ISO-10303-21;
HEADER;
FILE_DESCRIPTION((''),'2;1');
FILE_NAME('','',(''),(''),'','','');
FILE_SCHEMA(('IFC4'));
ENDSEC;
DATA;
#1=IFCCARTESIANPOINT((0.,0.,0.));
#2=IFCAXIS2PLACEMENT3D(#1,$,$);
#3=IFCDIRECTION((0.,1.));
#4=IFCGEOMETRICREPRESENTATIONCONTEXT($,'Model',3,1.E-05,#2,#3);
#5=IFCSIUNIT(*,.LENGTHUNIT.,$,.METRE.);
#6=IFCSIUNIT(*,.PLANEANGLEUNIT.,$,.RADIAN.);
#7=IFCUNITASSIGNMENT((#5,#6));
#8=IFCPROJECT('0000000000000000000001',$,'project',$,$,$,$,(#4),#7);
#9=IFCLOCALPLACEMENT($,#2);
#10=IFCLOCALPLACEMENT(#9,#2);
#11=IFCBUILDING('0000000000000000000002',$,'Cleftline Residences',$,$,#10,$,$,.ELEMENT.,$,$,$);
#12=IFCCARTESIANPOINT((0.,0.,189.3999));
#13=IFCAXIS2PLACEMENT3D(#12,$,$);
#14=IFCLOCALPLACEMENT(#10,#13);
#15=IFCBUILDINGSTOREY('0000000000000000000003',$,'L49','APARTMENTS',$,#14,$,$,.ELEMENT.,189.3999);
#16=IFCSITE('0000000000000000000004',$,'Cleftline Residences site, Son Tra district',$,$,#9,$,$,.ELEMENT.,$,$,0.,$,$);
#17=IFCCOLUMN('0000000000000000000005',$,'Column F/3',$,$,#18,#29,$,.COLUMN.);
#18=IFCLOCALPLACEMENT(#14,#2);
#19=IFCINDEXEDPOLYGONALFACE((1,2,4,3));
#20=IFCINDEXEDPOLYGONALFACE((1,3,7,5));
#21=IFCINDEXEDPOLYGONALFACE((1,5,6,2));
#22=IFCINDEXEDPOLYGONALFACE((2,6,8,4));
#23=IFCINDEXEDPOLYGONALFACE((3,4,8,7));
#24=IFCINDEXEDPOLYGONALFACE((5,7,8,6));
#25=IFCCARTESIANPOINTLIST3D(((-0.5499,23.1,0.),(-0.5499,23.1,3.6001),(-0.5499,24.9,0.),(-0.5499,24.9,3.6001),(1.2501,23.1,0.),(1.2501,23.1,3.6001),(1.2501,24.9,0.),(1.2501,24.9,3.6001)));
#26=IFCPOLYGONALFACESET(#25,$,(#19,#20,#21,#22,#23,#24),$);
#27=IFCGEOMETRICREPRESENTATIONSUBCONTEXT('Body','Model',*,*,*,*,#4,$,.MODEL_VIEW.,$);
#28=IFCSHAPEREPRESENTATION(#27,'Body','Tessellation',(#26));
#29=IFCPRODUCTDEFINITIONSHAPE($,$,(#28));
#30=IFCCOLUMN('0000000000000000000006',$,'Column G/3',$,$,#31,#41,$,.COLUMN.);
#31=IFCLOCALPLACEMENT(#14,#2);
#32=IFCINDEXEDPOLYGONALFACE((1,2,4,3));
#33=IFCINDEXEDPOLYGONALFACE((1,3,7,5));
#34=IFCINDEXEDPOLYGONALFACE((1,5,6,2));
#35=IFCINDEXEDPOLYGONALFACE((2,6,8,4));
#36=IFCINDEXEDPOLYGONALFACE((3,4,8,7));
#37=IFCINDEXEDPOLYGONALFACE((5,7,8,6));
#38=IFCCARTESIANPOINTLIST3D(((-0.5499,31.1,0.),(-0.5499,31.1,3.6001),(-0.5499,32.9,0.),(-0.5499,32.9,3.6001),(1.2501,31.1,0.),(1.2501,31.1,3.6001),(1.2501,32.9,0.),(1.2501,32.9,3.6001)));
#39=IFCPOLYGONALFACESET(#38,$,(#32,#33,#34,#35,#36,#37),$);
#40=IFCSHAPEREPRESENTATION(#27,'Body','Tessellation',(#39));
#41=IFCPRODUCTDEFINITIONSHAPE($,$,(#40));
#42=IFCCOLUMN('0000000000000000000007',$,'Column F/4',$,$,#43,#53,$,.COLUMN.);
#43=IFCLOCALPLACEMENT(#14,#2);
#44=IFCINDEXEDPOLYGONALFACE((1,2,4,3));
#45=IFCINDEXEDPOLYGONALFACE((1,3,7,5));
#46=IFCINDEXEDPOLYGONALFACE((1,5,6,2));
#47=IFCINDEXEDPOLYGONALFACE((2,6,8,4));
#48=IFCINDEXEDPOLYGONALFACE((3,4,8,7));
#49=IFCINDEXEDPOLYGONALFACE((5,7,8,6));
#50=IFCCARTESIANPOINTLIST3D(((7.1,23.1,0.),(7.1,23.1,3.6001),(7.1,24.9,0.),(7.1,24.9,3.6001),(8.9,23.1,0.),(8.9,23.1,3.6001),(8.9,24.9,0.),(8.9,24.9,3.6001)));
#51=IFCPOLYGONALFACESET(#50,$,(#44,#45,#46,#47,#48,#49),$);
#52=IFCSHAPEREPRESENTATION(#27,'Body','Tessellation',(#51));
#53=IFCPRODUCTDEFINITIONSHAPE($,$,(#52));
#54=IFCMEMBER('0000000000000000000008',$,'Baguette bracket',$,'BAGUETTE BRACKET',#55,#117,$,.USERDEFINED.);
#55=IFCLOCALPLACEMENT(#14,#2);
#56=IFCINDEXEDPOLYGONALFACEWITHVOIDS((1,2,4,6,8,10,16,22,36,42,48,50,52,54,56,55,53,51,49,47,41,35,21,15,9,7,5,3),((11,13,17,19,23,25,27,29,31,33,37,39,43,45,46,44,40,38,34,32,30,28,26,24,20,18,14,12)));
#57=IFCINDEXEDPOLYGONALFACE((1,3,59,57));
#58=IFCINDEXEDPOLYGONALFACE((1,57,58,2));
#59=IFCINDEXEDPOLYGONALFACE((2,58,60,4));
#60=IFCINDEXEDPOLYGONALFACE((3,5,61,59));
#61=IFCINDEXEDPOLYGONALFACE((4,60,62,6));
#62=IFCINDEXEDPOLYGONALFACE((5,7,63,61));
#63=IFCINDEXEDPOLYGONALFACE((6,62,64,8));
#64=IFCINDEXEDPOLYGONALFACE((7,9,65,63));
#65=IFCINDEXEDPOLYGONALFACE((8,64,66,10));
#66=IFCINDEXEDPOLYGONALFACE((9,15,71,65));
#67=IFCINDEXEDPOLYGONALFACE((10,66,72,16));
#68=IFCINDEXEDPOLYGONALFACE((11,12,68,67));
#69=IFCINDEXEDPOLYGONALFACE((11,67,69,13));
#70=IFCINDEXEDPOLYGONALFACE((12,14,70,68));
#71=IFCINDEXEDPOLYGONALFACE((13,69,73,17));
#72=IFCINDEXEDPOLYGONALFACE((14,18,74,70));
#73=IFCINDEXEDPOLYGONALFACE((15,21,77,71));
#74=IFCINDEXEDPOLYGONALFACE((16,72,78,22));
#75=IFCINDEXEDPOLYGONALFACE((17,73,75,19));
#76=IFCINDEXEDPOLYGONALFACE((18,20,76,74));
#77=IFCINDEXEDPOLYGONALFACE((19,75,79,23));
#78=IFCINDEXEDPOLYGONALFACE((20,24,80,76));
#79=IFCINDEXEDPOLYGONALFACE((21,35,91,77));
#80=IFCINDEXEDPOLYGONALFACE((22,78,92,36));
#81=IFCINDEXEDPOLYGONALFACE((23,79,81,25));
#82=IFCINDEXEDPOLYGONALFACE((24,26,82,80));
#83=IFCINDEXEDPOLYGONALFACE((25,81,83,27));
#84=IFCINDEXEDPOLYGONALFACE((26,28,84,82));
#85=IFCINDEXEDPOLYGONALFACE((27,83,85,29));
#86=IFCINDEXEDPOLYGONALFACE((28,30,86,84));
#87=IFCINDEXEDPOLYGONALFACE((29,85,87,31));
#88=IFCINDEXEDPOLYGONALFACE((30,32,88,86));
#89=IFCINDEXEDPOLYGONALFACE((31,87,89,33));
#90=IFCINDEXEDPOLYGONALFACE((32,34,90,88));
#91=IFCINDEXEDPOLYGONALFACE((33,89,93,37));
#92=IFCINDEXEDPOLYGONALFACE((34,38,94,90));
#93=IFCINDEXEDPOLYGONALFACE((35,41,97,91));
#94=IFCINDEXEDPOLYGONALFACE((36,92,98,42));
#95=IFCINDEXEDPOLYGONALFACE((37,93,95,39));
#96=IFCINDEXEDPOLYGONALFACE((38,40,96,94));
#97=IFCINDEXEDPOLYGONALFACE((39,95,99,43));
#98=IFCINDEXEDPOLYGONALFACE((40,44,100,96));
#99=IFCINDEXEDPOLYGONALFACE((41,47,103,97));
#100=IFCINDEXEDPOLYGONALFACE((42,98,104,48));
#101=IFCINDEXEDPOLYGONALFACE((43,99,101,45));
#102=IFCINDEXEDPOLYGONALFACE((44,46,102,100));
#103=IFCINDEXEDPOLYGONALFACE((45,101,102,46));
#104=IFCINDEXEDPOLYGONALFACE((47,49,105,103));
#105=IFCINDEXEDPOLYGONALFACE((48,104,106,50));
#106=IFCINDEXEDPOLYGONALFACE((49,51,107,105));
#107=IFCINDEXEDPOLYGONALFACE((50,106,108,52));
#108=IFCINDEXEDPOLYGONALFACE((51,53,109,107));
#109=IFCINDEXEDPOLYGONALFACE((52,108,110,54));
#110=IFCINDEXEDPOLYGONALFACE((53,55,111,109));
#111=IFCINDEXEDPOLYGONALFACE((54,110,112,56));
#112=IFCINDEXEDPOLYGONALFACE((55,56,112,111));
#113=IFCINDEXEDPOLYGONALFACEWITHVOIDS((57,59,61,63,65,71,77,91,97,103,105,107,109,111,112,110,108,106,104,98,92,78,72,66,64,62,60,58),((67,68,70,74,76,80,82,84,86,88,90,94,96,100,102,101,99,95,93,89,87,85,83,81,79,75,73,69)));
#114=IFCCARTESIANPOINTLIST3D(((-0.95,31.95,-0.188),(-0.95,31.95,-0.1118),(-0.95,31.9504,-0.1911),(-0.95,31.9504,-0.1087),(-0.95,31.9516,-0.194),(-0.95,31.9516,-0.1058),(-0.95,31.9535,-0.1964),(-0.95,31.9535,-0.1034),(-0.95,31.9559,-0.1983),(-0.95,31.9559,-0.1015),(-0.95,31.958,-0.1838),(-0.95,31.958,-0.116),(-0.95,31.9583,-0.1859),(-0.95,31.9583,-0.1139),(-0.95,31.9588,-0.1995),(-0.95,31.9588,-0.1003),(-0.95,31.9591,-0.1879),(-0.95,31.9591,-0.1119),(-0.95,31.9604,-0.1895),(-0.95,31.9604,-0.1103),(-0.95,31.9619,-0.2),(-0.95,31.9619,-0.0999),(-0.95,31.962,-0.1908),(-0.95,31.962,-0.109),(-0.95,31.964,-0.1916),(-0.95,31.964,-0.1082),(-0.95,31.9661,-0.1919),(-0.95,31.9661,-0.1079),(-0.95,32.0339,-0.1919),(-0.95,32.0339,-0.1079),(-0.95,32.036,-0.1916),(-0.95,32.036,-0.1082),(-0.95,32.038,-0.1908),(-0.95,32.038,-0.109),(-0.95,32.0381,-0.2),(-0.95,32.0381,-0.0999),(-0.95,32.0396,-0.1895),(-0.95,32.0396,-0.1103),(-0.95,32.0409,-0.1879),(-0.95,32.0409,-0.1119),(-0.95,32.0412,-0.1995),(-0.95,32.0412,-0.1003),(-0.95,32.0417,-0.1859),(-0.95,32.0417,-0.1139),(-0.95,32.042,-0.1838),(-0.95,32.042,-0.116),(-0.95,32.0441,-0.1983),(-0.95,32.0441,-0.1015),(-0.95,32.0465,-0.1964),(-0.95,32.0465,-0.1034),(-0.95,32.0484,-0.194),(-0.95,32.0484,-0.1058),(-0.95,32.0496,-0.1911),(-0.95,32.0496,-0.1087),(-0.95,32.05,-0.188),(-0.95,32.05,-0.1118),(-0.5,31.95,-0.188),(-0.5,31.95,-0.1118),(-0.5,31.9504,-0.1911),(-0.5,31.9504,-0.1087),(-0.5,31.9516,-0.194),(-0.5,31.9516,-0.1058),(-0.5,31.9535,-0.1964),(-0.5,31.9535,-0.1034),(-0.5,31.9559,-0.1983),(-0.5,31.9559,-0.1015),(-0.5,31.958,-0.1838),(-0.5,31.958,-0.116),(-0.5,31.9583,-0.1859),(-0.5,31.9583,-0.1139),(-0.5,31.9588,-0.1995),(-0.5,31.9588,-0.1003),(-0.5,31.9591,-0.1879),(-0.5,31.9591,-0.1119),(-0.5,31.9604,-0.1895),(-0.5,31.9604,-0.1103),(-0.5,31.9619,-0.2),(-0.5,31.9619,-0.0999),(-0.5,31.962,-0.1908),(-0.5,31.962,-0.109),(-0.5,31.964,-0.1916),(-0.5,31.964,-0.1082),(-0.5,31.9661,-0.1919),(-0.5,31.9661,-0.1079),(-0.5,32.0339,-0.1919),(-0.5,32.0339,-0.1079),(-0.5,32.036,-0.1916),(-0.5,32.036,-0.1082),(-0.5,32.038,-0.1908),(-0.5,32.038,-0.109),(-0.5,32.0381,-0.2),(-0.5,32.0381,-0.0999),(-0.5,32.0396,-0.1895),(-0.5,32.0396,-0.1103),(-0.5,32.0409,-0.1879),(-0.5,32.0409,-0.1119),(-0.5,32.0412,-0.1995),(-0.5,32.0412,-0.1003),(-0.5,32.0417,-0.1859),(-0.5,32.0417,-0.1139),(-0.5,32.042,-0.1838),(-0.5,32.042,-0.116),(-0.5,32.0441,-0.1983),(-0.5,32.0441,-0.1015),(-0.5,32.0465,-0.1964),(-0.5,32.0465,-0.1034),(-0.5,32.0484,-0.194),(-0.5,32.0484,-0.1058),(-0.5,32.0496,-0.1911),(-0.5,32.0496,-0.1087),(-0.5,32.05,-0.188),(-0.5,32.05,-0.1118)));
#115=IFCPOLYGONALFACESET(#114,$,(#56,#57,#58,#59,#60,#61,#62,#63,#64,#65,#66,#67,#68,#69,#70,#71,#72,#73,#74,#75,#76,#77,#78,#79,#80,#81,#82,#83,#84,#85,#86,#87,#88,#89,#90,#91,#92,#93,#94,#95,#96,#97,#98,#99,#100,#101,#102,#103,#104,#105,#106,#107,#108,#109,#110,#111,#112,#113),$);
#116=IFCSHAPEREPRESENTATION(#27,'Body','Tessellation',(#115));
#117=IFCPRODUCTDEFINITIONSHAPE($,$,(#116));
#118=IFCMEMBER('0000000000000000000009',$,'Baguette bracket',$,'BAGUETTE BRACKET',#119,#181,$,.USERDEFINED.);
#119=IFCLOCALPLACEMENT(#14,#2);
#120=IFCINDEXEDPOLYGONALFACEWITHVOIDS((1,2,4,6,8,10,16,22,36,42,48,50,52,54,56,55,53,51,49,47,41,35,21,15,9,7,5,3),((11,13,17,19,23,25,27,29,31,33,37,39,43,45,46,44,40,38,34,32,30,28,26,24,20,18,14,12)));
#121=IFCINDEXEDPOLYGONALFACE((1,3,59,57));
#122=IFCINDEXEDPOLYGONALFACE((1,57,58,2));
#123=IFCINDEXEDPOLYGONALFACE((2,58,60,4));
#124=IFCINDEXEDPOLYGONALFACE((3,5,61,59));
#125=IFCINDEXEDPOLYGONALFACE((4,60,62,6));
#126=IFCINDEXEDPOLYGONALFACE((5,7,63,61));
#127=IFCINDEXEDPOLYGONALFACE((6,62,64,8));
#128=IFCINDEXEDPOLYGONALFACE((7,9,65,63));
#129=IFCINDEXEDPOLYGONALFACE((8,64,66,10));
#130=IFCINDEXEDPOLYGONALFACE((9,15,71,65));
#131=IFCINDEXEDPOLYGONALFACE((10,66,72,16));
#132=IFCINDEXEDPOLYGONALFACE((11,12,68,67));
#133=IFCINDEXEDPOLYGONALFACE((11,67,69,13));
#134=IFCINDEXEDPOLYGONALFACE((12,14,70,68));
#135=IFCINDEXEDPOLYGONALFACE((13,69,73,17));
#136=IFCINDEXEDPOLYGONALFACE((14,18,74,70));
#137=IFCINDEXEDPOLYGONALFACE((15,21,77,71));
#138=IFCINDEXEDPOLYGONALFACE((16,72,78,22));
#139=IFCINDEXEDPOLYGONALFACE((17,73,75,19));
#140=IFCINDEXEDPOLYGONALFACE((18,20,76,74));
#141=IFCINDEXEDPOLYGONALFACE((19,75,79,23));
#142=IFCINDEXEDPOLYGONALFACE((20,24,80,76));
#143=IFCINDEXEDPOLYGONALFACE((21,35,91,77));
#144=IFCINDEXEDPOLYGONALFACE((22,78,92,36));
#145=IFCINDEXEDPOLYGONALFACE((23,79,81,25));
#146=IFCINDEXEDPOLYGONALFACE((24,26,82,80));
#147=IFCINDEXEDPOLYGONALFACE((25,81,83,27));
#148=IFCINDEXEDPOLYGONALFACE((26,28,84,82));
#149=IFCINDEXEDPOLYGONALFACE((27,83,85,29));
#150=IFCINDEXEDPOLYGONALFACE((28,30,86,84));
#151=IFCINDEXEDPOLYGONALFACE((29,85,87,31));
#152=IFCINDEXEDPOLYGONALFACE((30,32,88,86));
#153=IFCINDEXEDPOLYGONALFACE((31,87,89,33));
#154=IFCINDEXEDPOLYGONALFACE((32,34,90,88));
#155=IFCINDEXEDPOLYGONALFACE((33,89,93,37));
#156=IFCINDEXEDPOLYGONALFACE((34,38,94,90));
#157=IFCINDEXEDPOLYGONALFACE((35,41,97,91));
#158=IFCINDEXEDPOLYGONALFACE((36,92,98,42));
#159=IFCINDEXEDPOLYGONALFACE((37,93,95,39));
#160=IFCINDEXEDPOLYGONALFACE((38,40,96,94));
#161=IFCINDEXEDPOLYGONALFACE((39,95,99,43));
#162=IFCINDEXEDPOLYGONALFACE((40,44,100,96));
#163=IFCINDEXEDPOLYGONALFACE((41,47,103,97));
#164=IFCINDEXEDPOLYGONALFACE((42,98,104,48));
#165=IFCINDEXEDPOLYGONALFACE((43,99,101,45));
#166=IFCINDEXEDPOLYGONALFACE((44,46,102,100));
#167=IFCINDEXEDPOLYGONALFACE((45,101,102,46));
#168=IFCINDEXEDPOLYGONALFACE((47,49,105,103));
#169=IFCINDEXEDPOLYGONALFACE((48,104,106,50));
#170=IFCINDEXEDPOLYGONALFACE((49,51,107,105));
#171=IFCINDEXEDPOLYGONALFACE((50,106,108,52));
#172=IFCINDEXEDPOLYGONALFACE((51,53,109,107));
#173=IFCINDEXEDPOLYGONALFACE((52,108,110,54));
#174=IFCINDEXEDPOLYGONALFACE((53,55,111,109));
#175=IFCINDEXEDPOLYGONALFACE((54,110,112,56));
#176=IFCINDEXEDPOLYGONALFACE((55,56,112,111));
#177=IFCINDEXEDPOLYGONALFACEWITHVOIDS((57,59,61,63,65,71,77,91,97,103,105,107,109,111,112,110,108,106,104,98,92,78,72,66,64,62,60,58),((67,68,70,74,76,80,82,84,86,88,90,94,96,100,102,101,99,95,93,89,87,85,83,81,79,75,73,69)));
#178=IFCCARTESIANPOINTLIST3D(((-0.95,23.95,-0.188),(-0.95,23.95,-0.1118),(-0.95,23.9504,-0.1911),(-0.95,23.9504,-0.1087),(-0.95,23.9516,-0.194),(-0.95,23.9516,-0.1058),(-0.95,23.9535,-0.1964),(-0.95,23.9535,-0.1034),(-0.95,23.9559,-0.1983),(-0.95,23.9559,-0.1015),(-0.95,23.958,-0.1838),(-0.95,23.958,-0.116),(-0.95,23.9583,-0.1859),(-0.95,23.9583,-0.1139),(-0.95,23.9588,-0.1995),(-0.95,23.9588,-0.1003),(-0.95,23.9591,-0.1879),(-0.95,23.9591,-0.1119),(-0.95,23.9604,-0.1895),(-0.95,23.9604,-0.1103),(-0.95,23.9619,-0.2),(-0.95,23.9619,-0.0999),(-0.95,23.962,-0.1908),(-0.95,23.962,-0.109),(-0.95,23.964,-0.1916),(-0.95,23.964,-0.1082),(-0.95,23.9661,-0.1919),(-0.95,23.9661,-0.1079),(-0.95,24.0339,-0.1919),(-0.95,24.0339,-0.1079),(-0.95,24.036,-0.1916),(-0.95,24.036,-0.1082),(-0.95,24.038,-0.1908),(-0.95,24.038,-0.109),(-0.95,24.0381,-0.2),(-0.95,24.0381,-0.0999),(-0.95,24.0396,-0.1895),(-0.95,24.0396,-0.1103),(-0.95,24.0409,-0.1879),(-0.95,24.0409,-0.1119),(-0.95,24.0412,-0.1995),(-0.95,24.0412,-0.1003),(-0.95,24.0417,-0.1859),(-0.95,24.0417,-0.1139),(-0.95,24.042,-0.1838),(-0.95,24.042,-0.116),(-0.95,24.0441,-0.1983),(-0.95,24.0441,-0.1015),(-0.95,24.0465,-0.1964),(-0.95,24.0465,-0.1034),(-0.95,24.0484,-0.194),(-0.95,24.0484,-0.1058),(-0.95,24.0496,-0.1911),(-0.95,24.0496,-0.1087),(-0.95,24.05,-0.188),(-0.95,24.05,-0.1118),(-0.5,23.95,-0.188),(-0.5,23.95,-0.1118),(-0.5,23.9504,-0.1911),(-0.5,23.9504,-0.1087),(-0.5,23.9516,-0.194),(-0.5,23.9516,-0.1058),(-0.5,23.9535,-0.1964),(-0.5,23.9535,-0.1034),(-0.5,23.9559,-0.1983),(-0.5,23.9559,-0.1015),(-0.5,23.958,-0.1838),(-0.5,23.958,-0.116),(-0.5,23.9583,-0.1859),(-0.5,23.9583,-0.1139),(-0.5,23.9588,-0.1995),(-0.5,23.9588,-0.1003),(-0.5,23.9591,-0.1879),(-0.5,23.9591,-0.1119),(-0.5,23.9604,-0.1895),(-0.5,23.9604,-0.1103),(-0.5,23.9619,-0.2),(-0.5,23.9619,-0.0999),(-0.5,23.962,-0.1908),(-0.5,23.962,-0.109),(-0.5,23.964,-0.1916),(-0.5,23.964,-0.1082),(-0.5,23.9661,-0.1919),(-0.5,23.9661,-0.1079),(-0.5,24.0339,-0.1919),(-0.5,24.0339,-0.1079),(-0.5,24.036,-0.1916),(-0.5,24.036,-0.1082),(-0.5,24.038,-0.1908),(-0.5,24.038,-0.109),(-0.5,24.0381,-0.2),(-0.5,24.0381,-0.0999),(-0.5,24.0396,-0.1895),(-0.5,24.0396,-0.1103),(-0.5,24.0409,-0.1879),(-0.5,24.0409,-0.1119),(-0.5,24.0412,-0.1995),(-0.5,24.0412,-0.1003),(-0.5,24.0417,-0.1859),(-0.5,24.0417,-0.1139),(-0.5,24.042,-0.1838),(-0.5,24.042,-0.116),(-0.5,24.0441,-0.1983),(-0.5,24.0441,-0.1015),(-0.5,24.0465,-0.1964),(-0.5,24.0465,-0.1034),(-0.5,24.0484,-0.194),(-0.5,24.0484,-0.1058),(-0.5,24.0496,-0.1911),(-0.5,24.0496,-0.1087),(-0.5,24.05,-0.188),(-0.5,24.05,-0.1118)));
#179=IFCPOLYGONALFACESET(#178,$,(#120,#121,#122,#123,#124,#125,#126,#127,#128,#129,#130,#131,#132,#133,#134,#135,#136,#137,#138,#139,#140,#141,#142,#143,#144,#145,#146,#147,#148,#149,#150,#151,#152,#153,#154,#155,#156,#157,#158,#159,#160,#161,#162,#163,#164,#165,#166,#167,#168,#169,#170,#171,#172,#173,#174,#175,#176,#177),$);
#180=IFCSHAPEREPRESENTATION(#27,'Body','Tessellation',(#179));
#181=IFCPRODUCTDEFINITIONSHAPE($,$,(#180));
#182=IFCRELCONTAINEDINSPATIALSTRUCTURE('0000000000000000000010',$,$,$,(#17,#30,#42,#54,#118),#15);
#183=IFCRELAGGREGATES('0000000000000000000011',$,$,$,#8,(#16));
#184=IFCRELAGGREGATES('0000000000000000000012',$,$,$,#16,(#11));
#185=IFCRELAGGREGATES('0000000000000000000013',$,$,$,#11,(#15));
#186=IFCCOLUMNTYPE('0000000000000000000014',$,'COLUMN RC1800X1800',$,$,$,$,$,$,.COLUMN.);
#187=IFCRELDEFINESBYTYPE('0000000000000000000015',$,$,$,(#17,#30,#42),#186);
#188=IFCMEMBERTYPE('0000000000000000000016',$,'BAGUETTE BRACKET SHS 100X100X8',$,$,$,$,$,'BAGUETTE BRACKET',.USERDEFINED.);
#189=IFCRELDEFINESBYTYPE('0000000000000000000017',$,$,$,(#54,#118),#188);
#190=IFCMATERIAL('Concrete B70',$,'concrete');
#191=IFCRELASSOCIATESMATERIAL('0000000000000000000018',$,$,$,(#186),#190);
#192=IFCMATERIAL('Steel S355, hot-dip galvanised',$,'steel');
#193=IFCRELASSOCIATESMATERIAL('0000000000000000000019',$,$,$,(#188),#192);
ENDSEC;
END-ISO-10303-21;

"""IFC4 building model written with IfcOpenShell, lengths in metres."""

from ifc_helpers import new_model, si_unit, direction, frame, origin, origin_2d, place, context, subcontext, project, spatial, rectangle, hollow_rectangle, extrude, material, material_profile, profile_set, type_object, element, save


model = new_model("IFC4")

# Units and contexts
model_context = context("Model", 3, precision=1e-05, world=origin(), true_north=direction((0.0, 1.0)))
body_context = subcontext(model_context, "Body", "Model", "MODEL_VIEW")
ifc_project = project(units=[si_unit("LENGTHUNIT", "METRE"), si_unit("PLANEANGLEUNIT", "RADIAN")], contexts=[model_context])

# Site, building, storey
site_placement = place(None, origin())
site = spatial("IfcSite", under=ifc_project, at=site_placement, Name="Cleftline Residences site, Son Tra district", CompositionType="ELEMENT", RefElevation=0.0)
building_placement = place(site_placement, origin())
building = spatial("IfcBuilding", under=site, at=building_placement, Name="Cleftline Residences", CompositionType="ELEMENT")
storey_placement = place(building_placement, frame((0.0, 0.0, 189.3999)))
storey = spatial("IfcBuildingStorey", under=building, at=storey_placement, Name="L49", Description="APARTMENTS", CompositionType="ELEMENT", Elevation=189.3999)

# Columns
ifc_material_1 = material(Name="Concrete B70", Category="concrete")
ifc_material_profile_1 = material_profile(ifc_material_1, rectangle(XDim=1.8, YDim=1.8, at=origin_2d()))
ifc_profile_set_1 = profile_set([ifc_material_profile_1], Name="Concrete B70")
column_type = type_object("IfcColumnType", Name="COLUMN RC1800X1800", PredefinedType="COLUMN", material=ifc_profile_set_1)
for number, where, z_axis, x_axis, name in (
    (1, (0.3501, 24.0, 0.0), (0.0, 0.0, 1.0), (1.0, 0.0, 0.0), "Column F/3"),
    (2, (0.3501, 32.0, 0.0), (0.0, 0.0, 1.0), (1.0, 0.0, 0.0), "Column G/3"),
    (3, (8.0, 24.0, 0.0), (0.0, 0.0, 1.0), (1.0, 0.0, 0.0), "Column F/4"),
):
    element("IfcColumn", number, at=place(storey_placement, frame(where, z_axis=z_axis, x_axis=x_axis)), inside=storey, type_object=column_type, Name=name, PredefinedType="COLUMN", context=body_context, shape_type="SweptSolid", body=[
        extrude(rectangle(XDim=1.8, YDim=1.8, at=origin_2d()), origin(), (0.0, 0.0, 1.0), 3.6001),
    ])

# Members
ifc_material_2 = material(Name="Steel S355, hot-dip galvanised", Category="steel")
ifc_material_profile_2 = material_profile(ifc_material_2, hollow_rectangle(XDim=0.1001, YDim=0.1001, WallThickness=0.0081, InnerFilletRadius=0.0081, OuterFilletRadius=0.012, at=origin_2d()))
ifc_profile_set_2 = profile_set([ifc_material_profile_2], Name="Steel S355, hot-dip galvanised")
member_type_1 = type_object("IfcMemberType", Name="BAGUETTE BRACKET SHS 100X100X8", ElementType="BAGUETTE BRACKET", PredefinedType="USERDEFINED", material=ifc_profile_set_2)
for number, where, z_axis, x_axis, name in (
    (4, (-0.5, 32.0, -0.1499), (-1.0, 0.0, 0.0), (0.0, -1.0, 0.0), "Baguette bracket"),
    (5, (-0.5, 24.0, -0.1499), (-1.0, 0.0, 0.0), (0.0, -1.0, 0.0), "Baguette bracket"),
):
    element("IfcMember", number, at=place(storey_placement, frame(where, z_axis=z_axis, x_axis=x_axis)), inside=storey, type_object=member_type_1, Name=name, ObjectType="BAGUETTE BRACKET", PredefinedType="USERDEFINED", context=body_context, shape_type="SweptSolid", body=[
        extrude(hollow_rectangle(XDim=0.1001, YDim=0.1001, WallThickness=0.0081, InnerFilletRadius=0.0081, OuterFilletRadius=0.012, at=origin_2d()), origin(), (0.0, 0.0, 1.0), 0.45),
    ])

save(model, "model.ifc")
